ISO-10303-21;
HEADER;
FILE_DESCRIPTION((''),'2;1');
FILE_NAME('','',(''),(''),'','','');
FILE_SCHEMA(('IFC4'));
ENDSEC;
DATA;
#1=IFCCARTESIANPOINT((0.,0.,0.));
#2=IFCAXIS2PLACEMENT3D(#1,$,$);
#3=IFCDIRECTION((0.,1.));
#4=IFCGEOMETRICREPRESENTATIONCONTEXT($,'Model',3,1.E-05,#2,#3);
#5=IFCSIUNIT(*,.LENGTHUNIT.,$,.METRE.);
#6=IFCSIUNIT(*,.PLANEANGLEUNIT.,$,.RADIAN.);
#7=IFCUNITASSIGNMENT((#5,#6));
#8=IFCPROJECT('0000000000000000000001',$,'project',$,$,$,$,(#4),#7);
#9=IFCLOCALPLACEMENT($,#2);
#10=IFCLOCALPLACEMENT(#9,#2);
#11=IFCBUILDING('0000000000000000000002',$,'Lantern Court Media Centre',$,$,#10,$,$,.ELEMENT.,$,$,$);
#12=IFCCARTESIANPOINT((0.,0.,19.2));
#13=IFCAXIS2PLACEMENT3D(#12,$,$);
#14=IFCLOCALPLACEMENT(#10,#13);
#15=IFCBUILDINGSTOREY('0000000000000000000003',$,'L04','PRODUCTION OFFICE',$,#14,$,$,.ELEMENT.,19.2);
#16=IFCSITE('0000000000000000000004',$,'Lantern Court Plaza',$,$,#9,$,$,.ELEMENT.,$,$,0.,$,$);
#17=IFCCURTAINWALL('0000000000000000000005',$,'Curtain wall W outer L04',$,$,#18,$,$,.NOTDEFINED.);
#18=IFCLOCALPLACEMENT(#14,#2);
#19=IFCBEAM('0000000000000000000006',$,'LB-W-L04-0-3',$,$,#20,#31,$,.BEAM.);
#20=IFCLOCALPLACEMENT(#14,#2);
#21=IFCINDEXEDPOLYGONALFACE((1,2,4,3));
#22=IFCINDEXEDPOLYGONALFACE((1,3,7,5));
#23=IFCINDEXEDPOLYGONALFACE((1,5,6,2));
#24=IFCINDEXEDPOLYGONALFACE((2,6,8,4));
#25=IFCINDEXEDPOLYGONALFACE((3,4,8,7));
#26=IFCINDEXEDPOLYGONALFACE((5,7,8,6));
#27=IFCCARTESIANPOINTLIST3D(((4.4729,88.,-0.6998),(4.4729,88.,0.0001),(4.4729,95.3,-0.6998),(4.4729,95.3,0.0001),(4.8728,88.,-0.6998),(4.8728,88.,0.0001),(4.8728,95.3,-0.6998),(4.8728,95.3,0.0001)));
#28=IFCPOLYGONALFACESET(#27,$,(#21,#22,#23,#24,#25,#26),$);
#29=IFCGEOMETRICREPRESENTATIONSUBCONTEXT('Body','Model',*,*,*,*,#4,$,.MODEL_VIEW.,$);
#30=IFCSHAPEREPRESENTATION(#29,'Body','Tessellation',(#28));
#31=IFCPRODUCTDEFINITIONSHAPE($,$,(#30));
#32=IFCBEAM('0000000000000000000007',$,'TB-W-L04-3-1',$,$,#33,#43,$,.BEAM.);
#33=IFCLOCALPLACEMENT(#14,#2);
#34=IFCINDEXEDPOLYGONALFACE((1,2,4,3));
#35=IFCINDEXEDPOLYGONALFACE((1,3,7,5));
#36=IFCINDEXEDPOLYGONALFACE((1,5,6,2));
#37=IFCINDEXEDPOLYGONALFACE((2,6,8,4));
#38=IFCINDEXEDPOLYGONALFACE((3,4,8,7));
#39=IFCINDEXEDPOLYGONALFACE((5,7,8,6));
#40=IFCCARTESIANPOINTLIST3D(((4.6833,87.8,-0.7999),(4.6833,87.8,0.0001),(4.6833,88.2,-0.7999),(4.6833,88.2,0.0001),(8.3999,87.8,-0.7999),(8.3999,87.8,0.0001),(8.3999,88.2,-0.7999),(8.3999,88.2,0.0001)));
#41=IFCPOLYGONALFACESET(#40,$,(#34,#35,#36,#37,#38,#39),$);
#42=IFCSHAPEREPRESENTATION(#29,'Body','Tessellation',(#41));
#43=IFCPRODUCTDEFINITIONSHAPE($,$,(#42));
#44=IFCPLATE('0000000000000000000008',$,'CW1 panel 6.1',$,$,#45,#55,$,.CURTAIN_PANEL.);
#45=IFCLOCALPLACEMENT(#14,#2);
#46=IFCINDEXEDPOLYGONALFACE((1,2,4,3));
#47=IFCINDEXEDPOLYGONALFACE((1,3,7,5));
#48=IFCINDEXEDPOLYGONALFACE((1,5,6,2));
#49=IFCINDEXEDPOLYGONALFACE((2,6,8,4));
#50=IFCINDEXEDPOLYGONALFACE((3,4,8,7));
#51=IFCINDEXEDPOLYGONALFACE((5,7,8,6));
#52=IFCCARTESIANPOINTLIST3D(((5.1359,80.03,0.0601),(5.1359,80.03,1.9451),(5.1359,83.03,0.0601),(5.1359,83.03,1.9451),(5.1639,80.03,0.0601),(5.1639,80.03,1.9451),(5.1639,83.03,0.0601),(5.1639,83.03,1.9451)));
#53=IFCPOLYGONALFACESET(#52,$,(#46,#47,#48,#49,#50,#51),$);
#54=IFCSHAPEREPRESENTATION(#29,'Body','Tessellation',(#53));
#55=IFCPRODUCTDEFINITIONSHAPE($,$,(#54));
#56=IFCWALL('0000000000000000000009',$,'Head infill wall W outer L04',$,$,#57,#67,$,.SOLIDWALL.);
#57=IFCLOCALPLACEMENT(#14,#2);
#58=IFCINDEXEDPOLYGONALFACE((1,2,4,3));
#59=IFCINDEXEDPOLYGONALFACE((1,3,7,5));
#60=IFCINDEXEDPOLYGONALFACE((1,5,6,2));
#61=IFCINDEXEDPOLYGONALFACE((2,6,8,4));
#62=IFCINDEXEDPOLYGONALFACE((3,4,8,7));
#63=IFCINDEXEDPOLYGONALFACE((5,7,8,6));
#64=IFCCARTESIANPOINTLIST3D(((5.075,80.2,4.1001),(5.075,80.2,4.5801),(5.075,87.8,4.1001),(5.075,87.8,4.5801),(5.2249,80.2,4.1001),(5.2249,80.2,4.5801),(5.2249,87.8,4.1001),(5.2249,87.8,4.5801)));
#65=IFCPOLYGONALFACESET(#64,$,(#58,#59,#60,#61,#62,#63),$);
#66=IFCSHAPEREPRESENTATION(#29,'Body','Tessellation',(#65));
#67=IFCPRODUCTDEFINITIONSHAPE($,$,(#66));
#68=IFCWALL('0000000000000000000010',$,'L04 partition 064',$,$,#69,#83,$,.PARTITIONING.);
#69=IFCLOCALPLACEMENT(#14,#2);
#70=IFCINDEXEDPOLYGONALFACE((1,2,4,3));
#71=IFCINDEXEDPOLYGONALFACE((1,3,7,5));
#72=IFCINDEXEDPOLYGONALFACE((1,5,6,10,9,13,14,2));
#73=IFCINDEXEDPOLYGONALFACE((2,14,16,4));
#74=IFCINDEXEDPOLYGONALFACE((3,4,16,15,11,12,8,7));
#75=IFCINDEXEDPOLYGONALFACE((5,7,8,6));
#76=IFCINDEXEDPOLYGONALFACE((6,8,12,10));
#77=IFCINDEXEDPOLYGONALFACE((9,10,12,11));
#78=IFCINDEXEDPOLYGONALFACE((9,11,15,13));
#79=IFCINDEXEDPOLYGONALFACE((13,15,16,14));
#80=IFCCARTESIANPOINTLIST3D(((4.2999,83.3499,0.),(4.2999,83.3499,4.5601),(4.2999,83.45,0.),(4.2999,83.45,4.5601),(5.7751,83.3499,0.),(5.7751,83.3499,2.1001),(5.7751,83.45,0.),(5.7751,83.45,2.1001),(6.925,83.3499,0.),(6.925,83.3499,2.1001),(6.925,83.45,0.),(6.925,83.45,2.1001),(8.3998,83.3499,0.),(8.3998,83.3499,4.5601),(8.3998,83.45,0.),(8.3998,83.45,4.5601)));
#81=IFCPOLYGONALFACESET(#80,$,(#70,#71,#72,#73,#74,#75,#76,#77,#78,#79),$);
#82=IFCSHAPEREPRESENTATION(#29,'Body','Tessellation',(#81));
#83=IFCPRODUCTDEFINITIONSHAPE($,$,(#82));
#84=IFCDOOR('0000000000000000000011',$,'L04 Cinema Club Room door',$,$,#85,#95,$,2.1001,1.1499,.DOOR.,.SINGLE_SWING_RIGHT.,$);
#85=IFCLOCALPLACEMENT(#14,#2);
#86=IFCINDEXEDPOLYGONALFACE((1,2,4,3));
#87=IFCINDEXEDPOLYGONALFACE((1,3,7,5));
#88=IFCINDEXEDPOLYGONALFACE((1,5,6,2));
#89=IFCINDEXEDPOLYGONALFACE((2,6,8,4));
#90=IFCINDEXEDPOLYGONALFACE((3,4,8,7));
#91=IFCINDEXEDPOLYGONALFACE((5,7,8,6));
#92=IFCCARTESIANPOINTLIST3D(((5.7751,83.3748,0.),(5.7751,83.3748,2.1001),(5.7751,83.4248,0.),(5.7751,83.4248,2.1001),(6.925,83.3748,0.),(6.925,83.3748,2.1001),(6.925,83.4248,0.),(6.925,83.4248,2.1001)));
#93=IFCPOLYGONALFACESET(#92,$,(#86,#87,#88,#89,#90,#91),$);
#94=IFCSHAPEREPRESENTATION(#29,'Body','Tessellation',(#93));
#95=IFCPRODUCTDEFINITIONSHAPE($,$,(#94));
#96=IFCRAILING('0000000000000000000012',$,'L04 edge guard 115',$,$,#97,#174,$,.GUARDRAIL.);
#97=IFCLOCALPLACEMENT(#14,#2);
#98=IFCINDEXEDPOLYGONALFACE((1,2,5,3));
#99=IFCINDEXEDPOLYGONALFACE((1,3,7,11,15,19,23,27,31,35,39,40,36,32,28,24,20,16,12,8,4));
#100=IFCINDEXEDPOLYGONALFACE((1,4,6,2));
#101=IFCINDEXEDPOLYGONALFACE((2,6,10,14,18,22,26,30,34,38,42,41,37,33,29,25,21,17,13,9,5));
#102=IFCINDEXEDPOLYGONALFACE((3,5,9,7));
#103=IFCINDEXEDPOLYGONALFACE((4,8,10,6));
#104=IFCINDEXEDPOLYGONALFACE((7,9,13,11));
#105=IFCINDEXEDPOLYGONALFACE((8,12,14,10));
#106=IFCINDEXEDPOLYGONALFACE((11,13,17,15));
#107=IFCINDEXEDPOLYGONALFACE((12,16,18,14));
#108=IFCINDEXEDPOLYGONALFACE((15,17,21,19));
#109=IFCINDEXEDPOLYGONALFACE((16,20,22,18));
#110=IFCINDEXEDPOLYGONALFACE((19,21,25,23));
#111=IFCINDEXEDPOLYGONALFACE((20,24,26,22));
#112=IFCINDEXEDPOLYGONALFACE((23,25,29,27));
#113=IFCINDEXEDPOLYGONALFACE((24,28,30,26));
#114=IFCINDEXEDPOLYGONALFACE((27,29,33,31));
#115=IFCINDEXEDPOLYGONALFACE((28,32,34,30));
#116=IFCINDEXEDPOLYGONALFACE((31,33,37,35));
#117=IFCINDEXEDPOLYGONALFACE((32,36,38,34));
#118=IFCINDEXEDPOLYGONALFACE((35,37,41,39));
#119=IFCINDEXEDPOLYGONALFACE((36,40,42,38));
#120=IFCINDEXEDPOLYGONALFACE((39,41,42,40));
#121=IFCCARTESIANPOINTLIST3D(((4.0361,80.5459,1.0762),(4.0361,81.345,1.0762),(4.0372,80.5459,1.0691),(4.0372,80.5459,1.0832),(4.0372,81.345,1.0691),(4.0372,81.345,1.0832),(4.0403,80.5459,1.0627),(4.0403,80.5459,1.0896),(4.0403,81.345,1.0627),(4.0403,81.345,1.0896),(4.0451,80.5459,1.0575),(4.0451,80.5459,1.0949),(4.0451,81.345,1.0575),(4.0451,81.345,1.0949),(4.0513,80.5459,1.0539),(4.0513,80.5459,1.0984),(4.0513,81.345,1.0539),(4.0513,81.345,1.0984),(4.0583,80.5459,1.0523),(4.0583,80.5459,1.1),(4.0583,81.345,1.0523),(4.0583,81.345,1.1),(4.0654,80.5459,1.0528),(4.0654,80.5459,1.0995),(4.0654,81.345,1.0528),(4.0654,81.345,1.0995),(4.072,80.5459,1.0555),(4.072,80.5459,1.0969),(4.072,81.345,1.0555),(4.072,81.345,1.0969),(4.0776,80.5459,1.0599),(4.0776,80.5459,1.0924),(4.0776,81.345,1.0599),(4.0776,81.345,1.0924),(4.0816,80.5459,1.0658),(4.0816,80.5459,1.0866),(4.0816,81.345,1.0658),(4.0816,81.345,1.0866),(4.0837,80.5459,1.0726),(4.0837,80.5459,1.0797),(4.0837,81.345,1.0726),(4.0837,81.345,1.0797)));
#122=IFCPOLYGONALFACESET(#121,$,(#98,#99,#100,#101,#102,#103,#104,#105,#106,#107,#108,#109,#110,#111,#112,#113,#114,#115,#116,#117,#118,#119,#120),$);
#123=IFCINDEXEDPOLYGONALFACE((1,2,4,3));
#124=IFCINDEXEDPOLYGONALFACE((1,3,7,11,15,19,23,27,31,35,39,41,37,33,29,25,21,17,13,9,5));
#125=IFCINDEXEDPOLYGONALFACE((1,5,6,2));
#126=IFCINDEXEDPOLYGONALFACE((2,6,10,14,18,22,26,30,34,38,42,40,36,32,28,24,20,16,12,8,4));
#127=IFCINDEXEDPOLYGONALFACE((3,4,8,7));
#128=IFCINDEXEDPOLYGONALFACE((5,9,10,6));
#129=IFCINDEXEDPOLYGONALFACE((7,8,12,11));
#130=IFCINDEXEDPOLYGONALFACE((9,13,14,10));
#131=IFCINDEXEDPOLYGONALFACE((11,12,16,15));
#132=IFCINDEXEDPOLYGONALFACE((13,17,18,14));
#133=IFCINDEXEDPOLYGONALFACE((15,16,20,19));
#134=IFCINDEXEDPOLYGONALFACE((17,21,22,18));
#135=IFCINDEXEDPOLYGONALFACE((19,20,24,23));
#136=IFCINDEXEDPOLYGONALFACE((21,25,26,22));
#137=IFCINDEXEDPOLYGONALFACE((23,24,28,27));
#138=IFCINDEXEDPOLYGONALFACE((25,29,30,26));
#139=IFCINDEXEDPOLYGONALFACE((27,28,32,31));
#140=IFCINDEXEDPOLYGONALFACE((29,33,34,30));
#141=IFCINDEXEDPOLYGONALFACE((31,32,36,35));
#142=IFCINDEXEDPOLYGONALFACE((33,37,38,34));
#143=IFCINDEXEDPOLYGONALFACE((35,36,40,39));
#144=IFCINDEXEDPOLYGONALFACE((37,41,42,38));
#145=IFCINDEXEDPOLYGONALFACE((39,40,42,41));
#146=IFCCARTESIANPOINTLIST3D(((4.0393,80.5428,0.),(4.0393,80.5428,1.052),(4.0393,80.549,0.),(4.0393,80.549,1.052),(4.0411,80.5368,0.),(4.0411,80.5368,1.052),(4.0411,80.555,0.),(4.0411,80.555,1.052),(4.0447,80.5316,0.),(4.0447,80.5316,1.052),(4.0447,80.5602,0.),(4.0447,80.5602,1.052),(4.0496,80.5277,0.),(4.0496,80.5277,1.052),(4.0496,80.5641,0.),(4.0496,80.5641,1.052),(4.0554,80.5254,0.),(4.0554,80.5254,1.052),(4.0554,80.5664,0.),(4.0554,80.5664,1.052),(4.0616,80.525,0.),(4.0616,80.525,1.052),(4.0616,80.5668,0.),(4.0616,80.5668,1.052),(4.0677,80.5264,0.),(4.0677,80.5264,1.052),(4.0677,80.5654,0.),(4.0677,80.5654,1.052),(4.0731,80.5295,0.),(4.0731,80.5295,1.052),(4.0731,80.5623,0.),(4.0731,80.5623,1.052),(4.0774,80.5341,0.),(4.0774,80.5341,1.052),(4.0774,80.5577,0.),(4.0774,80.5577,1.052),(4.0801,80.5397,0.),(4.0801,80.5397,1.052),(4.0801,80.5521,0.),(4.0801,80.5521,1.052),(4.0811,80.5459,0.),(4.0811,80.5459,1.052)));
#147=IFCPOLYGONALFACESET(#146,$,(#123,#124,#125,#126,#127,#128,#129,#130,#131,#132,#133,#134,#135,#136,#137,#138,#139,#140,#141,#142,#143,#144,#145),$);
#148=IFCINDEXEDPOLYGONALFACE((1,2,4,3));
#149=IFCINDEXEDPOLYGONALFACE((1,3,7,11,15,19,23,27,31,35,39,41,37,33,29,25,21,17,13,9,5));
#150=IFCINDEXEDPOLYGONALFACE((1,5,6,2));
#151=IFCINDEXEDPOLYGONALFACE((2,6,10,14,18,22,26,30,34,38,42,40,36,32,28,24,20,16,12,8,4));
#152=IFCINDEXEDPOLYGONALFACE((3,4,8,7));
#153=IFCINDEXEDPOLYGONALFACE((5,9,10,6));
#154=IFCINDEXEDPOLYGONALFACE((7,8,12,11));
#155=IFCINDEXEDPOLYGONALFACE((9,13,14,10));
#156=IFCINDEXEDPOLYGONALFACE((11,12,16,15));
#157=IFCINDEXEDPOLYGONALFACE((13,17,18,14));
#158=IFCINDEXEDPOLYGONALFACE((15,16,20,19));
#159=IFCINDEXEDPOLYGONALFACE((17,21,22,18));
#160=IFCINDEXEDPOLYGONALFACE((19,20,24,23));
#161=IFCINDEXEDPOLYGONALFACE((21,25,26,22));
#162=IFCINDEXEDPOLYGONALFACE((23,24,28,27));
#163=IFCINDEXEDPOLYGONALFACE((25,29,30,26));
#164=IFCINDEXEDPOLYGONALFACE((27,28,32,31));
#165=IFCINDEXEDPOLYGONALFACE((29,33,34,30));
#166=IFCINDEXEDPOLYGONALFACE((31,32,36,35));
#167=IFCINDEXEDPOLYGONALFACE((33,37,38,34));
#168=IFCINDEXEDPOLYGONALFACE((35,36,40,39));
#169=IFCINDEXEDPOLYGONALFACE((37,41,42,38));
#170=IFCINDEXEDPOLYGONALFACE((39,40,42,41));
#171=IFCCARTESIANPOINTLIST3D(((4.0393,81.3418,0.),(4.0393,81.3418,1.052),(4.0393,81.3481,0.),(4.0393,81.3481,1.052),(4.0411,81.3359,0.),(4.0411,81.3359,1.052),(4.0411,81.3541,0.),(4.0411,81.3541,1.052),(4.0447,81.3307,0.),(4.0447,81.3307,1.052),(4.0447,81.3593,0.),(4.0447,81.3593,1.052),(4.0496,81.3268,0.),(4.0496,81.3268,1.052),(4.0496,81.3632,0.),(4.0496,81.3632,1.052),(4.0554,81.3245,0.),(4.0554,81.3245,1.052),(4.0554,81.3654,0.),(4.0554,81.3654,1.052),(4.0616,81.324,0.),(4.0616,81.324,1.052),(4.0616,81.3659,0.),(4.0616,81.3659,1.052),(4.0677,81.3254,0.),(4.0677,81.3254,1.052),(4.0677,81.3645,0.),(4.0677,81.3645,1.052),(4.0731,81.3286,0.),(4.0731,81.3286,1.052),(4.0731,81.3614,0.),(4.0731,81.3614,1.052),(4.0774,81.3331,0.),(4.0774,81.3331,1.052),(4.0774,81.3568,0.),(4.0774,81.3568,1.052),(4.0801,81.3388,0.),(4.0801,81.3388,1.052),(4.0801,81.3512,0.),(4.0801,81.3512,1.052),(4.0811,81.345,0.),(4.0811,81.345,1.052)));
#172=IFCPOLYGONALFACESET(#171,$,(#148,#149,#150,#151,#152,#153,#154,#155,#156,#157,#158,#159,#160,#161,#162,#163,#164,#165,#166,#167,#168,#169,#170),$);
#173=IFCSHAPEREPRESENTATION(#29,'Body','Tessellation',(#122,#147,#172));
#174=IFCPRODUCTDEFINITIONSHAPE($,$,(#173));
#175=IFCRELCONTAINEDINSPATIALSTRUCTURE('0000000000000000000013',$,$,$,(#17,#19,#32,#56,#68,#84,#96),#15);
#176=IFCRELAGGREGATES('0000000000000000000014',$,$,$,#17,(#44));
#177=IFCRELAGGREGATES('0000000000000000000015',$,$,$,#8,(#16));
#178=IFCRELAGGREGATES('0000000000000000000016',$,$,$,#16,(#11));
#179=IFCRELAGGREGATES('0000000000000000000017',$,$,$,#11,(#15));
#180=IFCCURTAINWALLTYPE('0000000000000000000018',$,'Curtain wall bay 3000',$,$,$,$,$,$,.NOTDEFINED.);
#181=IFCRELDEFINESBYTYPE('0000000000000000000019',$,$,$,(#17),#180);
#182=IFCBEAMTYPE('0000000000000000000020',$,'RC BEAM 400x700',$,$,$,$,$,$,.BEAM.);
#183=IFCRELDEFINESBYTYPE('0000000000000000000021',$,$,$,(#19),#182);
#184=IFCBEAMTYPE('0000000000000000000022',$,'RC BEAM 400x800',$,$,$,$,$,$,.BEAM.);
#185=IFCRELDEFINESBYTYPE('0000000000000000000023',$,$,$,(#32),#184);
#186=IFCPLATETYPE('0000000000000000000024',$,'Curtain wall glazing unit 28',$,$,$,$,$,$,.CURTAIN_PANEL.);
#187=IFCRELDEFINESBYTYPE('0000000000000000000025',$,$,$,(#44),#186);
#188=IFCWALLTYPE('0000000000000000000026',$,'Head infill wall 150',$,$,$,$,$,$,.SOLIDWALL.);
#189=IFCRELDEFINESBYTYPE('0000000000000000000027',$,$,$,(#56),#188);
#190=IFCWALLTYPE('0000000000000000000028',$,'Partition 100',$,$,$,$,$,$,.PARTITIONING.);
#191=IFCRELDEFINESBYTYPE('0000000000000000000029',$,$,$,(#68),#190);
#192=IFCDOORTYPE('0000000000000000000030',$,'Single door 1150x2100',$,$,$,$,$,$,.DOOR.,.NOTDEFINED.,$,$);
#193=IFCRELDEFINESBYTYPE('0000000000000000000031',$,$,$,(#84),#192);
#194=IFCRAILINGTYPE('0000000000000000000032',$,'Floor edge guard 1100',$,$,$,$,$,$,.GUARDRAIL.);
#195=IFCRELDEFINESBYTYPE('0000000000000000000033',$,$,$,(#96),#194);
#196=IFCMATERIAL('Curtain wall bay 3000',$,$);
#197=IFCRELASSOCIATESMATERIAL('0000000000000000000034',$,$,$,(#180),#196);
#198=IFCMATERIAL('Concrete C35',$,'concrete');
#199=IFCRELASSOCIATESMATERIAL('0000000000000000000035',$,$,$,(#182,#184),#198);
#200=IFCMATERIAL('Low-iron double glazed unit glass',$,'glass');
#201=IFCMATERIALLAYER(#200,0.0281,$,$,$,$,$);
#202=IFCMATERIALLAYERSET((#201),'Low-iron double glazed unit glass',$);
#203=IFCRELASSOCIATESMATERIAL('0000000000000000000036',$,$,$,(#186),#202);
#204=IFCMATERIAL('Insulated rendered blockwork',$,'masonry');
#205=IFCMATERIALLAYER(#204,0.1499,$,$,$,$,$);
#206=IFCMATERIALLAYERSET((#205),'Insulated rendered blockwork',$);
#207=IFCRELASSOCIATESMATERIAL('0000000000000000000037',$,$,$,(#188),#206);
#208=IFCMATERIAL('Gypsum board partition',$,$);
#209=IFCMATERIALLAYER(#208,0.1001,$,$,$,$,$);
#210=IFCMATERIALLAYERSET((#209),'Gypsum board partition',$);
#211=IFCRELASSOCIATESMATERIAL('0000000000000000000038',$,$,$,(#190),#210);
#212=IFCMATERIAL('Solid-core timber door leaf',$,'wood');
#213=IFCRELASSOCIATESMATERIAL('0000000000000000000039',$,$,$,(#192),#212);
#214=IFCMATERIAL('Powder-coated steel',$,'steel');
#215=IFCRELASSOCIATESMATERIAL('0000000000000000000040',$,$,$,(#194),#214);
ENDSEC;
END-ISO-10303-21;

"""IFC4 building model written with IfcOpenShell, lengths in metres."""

from ifc_helpers import new_model, si_unit, direction, frame, frame_2d, origin, origin_2d, place, context, subcontext, project, spatial, rectangle, circle, extrude, material, layer, layer_set, material_profile, profile_set, type_object, element, fill, aggregate, save


model = new_model("IFC4")

# Units and contexts
model_context = context("Model", 3, precision=1e-05, world=origin(), true_north=direction((0.0, 1.0)))
body_context = subcontext(model_context, "Body", "Model", "MODEL_VIEW")
ifc_project = project(units=[si_unit("LENGTHUNIT", "METRE"), si_unit("PLANEANGLEUNIT", "RADIAN")], contexts=[model_context])

# Site, building, storey
site_placement = place(None, origin())
site = spatial("IfcSite", under=ifc_project, at=site_placement, Name="Lantern Court Plaza", CompositionType="ELEMENT", RefElevation=0.0)
building_placement = place(site_placement, origin())
building = spatial("IfcBuilding", under=site, at=building_placement, Name="Lantern Court Media Centre", CompositionType="ELEMENT")
storey_placement = place(building_placement, frame((0.0, 0.0, 19.2)))
storey = spatial("IfcBuildingStorey", under=building, at=storey_placement, Name="L04", Description="PRODUCTION OFFICE", CompositionType="ELEMENT", Elevation=19.2)

# Shared definitions
ifc_material_1 = material(Name="Concrete C35", Category="concrete")

# Curtain wall
ifc_material_2 = material(Name="Curtain wall bay 3000")
curtain_wall_type = type_object("IfcCurtainWallType", Name="Curtain wall bay 3000", PredefinedType="NOTDEFINED", material=ifc_material_2)
curtain_wall_placement = place(storey_placement, origin())
curtain_wall = element("IfcCurtainWall", 1, at=curtain_wall_placement, inside=storey, type_object=curtain_wall_type, Name="Curtain wall W outer L04", PredefinedType="NOTDEFINED")

# Beams
ifc_material_profile_1 = material_profile(ifc_material_1, rectangle(XDim=0.3999, YDim=0.7, at=origin_2d()), Name="RC 400x700")
ifc_profile_set_1 = profile_set([ifc_material_profile_1], Name="Concrete C35")
beam_type_1 = type_object("IfcBeamType", Name="RC BEAM 400x700", PredefinedType="BEAM", material=ifc_profile_set_1)
beam_1_placement = place(storey_placement, frame((4.6729, 88.0, -0.3499), z_axis=(0.0, 1.0, 0.0), x_axis=(-1.0, 0.0, 0.0)))
element("IfcBeam", 2, at=beam_1_placement, inside=storey, type_object=beam_type_1, Name="LB-W-L04-0-3", PredefinedType="BEAM", context=body_context, shape_type="SweptSolid", body=[
    extrude(rectangle(XDim=0.3999, YDim=0.7, at=origin_2d()), origin(), (0.0, 0.0, 1.0), 7.3),
])
ifc_material_profile_2 = material_profile(ifc_material_1, rectangle(XDim=0.3999, YDim=0.8, at=origin_2d()), Name="RC 400x800")
ifc_profile_set_2 = profile_set([ifc_material_profile_2], Name="Concrete C35")
beam_type_2 = type_object("IfcBeamType", Name="RC BEAM 400x800", PredefinedType="BEAM", material=ifc_profile_set_2)
beam_2_placement = place(storey_placement, frame((4.6833, 88.0, -0.3999), z_axis=(1.0, 0.0, 0.0), x_axis=(0.0, 1.0, 0.0)))
element("IfcBeam", 3, at=beam_2_placement, inside=storey, type_object=beam_type_2, Name="TB-W-L04-3-1", PredefinedType="BEAM", context=body_context, shape_type="SweptSolid", body=[
    extrude(rectangle(XDim=0.3999, YDim=0.8, at=origin_2d()), origin(), (0.0, 0.0, 1.0), 3.7166),
])

# Plate
ifc_material_3 = material(Name="Low-iron double glazed unit glass", Category="glass")
ifc_layer_1 = layer(ifc_material_3, 0.0281)
ifc_layer_set_1 = layer_set([ifc_layer_1], Name="Low-iron double glazed unit glass")
plate_type = type_object("IfcPlateType", Name="Curtain wall glazing unit 28", PredefinedType="CURTAIN_PANEL", material=ifc_layer_set_1)
plate_placement = place(storey_placement, frame((5.1499, 81.53, 0.0601), z_axis=(0.0, 0.0, 1.0), x_axis=(0.0, 1.0, 0.0)))
plate = element("IfcPlate", 4, at=plate_placement, type_object=plate_type, Name="CW1 panel 6.1", PredefinedType="CURTAIN_PANEL", context=body_context, shape_type="SweptSolid", body=[
    extrude(rectangle(XDim=3.0, YDim=0.0281, at=origin_2d()), origin(), (0.0, 0.0, 1.0), 1.885),
])
aggregate(curtain_wall, [plate])

# Wall
ifc_material_4 = material(Name="Insulated rendered blockwork", Category="masonry")
ifc_layer_2 = layer(ifc_material_4, 0.1499)
ifc_layer_set_2 = layer_set([ifc_layer_2], Name="Insulated rendered blockwork")
wall_type_1 = type_object("IfcWallType", Name="Head infill wall 150", PredefinedType="SOLIDWALL", material=ifc_layer_set_2)
wall_1_placement = place(storey_placement, frame((5.1499, 80.2, 4.1001), z_axis=(0.0, 0.0, 1.0), x_axis=(0.0, 1.0, 0.0)))
element("IfcWall", 5, at=wall_1_placement, inside=storey, type_object=wall_type_1, Name="Head infill wall W outer L04", PredefinedType="SOLIDWALL", context=body_context, shape_type="SweptSolid", body=[
    extrude(rectangle(XDim=7.6001, YDim=0.1499, at=frame_2d((3.8, 0.0))), origin(), (0.0, 0.0, 1.0), 0.48),
])

# Wall, opening, door
ifc_material_5 = material(Name="Gypsum board partition")
ifc_layer_3 = layer(ifc_material_5, 0.1001)
ifc_layer_set_3 = layer_set([ifc_layer_3], Name="Gypsum board partition")
wall_type_2 = type_object("IfcWallType", Name="Partition 100", PredefinedType="PARTITIONING", material=ifc_layer_set_3)
wall_2_placement = place(storey_placement, frame((4.3, 83.3999, 0.0), z_axis=(0.0, 0.0, 1.0), x_axis=(1.0, 0.0, 0.0)))
wall_2 = element("IfcWall", 6, at=wall_2_placement, inside=storey, type_object=wall_type_2, Name="L04 partition 064", PredefinedType="PARTITIONING", context=body_context, shape_type="SweptSolid", body=[
    extrude(rectangle(XDim=4.0999, YDim=0.1001, at=frame_2d((2.0498, 0.0))), origin(), (0.0, 0.0, 1.0), 4.5601),
])
opening_placement = place(wall_2_placement, frame((1.4751, 0.0, 0.0)))
opening = element("IfcOpeningElement", 7, at=opening_placement, cuts=wall_2, PredefinedType="OPENING", context=body_context, shape_type="SweptSolid", body=[
    extrude(rectangle(XDim=1.1499, YDim=2.1001, at=frame_2d((0.575, 1.05))), frame((0.0, 0.0601, 0.0), z_axis=(0.0, -1.0, 0.0), x_axis=(1.0, 0.0, 0.0)), (0.0, 0.0, 1.0), 0.1201),
])
ifc_material_6 = material(Name="Solid-core timber door leaf", Category="wood")
door_type = type_object("IfcDoorType", Name="Single door 1150x2100", OperationType="NOTDEFINED", PredefinedType="DOOR", material=ifc_material_6)
door_placement = place(opening_placement, origin())
door = element("IfcDoor", 8, at=door_placement, inside=storey, type_object=door_type, Name="L04 Cinema Club Room door", OperationType="SINGLE_SWING_RIGHT", OverallHeight=2.1001, OverallWidth=1.1499, PredefinedType="DOOR", context=body_context, shape_type="SweptSolid", body=[
    extrude(rectangle(XDim=1.1499, YDim=2.1001, at=frame_2d((0.575, 1.05))), frame((0.0, 0.0249, 0.0), z_axis=(0.0, -1.0, 0.0), x_axis=(1.0, 0.0, 0.0)), (0.0, 0.0, 1.0), 0.05),
])
fill(opening, door)

# Railing
ifc_material_7 = material(Name="Powder-coated steel", Category="steel")
railing_type = type_object("IfcRailingType", Name="Floor edge guard 1100", PredefinedType="GUARDRAIL", material=ifc_material_7)
railing_1_placement = place(storey_placement, frame((4.0601, 80.5459, 0.0)))
element("IfcRailing", 9, at=railing_1_placement, inside=storey, type_object=railing_type, Name="L04 edge guard 115", PredefinedType="GUARDRAIL", context=body_context, shape_type="SweptSolid", body=[
    extrude(circle(Radius=0.0239, at=origin_2d()), frame((0.0, 0.0, 1.0762), z_axis=(0.0, 1.0, 0.0), x_axis=(-1.0, 0.0, 0.0)), (0.0, 0.0, 1.0), 0.7991),
    extrude(circle(Radius=0.021, at=origin_2d()), origin(), (0.0, 0.0, 1.0), 1.052),
    extrude(circle(Radius=0.021, at=origin_2d()), frame((0.0, 0.7991, 0.0)), (0.0, 0.0, 1.0), 1.052),
])

save(model, "model.ifc")
